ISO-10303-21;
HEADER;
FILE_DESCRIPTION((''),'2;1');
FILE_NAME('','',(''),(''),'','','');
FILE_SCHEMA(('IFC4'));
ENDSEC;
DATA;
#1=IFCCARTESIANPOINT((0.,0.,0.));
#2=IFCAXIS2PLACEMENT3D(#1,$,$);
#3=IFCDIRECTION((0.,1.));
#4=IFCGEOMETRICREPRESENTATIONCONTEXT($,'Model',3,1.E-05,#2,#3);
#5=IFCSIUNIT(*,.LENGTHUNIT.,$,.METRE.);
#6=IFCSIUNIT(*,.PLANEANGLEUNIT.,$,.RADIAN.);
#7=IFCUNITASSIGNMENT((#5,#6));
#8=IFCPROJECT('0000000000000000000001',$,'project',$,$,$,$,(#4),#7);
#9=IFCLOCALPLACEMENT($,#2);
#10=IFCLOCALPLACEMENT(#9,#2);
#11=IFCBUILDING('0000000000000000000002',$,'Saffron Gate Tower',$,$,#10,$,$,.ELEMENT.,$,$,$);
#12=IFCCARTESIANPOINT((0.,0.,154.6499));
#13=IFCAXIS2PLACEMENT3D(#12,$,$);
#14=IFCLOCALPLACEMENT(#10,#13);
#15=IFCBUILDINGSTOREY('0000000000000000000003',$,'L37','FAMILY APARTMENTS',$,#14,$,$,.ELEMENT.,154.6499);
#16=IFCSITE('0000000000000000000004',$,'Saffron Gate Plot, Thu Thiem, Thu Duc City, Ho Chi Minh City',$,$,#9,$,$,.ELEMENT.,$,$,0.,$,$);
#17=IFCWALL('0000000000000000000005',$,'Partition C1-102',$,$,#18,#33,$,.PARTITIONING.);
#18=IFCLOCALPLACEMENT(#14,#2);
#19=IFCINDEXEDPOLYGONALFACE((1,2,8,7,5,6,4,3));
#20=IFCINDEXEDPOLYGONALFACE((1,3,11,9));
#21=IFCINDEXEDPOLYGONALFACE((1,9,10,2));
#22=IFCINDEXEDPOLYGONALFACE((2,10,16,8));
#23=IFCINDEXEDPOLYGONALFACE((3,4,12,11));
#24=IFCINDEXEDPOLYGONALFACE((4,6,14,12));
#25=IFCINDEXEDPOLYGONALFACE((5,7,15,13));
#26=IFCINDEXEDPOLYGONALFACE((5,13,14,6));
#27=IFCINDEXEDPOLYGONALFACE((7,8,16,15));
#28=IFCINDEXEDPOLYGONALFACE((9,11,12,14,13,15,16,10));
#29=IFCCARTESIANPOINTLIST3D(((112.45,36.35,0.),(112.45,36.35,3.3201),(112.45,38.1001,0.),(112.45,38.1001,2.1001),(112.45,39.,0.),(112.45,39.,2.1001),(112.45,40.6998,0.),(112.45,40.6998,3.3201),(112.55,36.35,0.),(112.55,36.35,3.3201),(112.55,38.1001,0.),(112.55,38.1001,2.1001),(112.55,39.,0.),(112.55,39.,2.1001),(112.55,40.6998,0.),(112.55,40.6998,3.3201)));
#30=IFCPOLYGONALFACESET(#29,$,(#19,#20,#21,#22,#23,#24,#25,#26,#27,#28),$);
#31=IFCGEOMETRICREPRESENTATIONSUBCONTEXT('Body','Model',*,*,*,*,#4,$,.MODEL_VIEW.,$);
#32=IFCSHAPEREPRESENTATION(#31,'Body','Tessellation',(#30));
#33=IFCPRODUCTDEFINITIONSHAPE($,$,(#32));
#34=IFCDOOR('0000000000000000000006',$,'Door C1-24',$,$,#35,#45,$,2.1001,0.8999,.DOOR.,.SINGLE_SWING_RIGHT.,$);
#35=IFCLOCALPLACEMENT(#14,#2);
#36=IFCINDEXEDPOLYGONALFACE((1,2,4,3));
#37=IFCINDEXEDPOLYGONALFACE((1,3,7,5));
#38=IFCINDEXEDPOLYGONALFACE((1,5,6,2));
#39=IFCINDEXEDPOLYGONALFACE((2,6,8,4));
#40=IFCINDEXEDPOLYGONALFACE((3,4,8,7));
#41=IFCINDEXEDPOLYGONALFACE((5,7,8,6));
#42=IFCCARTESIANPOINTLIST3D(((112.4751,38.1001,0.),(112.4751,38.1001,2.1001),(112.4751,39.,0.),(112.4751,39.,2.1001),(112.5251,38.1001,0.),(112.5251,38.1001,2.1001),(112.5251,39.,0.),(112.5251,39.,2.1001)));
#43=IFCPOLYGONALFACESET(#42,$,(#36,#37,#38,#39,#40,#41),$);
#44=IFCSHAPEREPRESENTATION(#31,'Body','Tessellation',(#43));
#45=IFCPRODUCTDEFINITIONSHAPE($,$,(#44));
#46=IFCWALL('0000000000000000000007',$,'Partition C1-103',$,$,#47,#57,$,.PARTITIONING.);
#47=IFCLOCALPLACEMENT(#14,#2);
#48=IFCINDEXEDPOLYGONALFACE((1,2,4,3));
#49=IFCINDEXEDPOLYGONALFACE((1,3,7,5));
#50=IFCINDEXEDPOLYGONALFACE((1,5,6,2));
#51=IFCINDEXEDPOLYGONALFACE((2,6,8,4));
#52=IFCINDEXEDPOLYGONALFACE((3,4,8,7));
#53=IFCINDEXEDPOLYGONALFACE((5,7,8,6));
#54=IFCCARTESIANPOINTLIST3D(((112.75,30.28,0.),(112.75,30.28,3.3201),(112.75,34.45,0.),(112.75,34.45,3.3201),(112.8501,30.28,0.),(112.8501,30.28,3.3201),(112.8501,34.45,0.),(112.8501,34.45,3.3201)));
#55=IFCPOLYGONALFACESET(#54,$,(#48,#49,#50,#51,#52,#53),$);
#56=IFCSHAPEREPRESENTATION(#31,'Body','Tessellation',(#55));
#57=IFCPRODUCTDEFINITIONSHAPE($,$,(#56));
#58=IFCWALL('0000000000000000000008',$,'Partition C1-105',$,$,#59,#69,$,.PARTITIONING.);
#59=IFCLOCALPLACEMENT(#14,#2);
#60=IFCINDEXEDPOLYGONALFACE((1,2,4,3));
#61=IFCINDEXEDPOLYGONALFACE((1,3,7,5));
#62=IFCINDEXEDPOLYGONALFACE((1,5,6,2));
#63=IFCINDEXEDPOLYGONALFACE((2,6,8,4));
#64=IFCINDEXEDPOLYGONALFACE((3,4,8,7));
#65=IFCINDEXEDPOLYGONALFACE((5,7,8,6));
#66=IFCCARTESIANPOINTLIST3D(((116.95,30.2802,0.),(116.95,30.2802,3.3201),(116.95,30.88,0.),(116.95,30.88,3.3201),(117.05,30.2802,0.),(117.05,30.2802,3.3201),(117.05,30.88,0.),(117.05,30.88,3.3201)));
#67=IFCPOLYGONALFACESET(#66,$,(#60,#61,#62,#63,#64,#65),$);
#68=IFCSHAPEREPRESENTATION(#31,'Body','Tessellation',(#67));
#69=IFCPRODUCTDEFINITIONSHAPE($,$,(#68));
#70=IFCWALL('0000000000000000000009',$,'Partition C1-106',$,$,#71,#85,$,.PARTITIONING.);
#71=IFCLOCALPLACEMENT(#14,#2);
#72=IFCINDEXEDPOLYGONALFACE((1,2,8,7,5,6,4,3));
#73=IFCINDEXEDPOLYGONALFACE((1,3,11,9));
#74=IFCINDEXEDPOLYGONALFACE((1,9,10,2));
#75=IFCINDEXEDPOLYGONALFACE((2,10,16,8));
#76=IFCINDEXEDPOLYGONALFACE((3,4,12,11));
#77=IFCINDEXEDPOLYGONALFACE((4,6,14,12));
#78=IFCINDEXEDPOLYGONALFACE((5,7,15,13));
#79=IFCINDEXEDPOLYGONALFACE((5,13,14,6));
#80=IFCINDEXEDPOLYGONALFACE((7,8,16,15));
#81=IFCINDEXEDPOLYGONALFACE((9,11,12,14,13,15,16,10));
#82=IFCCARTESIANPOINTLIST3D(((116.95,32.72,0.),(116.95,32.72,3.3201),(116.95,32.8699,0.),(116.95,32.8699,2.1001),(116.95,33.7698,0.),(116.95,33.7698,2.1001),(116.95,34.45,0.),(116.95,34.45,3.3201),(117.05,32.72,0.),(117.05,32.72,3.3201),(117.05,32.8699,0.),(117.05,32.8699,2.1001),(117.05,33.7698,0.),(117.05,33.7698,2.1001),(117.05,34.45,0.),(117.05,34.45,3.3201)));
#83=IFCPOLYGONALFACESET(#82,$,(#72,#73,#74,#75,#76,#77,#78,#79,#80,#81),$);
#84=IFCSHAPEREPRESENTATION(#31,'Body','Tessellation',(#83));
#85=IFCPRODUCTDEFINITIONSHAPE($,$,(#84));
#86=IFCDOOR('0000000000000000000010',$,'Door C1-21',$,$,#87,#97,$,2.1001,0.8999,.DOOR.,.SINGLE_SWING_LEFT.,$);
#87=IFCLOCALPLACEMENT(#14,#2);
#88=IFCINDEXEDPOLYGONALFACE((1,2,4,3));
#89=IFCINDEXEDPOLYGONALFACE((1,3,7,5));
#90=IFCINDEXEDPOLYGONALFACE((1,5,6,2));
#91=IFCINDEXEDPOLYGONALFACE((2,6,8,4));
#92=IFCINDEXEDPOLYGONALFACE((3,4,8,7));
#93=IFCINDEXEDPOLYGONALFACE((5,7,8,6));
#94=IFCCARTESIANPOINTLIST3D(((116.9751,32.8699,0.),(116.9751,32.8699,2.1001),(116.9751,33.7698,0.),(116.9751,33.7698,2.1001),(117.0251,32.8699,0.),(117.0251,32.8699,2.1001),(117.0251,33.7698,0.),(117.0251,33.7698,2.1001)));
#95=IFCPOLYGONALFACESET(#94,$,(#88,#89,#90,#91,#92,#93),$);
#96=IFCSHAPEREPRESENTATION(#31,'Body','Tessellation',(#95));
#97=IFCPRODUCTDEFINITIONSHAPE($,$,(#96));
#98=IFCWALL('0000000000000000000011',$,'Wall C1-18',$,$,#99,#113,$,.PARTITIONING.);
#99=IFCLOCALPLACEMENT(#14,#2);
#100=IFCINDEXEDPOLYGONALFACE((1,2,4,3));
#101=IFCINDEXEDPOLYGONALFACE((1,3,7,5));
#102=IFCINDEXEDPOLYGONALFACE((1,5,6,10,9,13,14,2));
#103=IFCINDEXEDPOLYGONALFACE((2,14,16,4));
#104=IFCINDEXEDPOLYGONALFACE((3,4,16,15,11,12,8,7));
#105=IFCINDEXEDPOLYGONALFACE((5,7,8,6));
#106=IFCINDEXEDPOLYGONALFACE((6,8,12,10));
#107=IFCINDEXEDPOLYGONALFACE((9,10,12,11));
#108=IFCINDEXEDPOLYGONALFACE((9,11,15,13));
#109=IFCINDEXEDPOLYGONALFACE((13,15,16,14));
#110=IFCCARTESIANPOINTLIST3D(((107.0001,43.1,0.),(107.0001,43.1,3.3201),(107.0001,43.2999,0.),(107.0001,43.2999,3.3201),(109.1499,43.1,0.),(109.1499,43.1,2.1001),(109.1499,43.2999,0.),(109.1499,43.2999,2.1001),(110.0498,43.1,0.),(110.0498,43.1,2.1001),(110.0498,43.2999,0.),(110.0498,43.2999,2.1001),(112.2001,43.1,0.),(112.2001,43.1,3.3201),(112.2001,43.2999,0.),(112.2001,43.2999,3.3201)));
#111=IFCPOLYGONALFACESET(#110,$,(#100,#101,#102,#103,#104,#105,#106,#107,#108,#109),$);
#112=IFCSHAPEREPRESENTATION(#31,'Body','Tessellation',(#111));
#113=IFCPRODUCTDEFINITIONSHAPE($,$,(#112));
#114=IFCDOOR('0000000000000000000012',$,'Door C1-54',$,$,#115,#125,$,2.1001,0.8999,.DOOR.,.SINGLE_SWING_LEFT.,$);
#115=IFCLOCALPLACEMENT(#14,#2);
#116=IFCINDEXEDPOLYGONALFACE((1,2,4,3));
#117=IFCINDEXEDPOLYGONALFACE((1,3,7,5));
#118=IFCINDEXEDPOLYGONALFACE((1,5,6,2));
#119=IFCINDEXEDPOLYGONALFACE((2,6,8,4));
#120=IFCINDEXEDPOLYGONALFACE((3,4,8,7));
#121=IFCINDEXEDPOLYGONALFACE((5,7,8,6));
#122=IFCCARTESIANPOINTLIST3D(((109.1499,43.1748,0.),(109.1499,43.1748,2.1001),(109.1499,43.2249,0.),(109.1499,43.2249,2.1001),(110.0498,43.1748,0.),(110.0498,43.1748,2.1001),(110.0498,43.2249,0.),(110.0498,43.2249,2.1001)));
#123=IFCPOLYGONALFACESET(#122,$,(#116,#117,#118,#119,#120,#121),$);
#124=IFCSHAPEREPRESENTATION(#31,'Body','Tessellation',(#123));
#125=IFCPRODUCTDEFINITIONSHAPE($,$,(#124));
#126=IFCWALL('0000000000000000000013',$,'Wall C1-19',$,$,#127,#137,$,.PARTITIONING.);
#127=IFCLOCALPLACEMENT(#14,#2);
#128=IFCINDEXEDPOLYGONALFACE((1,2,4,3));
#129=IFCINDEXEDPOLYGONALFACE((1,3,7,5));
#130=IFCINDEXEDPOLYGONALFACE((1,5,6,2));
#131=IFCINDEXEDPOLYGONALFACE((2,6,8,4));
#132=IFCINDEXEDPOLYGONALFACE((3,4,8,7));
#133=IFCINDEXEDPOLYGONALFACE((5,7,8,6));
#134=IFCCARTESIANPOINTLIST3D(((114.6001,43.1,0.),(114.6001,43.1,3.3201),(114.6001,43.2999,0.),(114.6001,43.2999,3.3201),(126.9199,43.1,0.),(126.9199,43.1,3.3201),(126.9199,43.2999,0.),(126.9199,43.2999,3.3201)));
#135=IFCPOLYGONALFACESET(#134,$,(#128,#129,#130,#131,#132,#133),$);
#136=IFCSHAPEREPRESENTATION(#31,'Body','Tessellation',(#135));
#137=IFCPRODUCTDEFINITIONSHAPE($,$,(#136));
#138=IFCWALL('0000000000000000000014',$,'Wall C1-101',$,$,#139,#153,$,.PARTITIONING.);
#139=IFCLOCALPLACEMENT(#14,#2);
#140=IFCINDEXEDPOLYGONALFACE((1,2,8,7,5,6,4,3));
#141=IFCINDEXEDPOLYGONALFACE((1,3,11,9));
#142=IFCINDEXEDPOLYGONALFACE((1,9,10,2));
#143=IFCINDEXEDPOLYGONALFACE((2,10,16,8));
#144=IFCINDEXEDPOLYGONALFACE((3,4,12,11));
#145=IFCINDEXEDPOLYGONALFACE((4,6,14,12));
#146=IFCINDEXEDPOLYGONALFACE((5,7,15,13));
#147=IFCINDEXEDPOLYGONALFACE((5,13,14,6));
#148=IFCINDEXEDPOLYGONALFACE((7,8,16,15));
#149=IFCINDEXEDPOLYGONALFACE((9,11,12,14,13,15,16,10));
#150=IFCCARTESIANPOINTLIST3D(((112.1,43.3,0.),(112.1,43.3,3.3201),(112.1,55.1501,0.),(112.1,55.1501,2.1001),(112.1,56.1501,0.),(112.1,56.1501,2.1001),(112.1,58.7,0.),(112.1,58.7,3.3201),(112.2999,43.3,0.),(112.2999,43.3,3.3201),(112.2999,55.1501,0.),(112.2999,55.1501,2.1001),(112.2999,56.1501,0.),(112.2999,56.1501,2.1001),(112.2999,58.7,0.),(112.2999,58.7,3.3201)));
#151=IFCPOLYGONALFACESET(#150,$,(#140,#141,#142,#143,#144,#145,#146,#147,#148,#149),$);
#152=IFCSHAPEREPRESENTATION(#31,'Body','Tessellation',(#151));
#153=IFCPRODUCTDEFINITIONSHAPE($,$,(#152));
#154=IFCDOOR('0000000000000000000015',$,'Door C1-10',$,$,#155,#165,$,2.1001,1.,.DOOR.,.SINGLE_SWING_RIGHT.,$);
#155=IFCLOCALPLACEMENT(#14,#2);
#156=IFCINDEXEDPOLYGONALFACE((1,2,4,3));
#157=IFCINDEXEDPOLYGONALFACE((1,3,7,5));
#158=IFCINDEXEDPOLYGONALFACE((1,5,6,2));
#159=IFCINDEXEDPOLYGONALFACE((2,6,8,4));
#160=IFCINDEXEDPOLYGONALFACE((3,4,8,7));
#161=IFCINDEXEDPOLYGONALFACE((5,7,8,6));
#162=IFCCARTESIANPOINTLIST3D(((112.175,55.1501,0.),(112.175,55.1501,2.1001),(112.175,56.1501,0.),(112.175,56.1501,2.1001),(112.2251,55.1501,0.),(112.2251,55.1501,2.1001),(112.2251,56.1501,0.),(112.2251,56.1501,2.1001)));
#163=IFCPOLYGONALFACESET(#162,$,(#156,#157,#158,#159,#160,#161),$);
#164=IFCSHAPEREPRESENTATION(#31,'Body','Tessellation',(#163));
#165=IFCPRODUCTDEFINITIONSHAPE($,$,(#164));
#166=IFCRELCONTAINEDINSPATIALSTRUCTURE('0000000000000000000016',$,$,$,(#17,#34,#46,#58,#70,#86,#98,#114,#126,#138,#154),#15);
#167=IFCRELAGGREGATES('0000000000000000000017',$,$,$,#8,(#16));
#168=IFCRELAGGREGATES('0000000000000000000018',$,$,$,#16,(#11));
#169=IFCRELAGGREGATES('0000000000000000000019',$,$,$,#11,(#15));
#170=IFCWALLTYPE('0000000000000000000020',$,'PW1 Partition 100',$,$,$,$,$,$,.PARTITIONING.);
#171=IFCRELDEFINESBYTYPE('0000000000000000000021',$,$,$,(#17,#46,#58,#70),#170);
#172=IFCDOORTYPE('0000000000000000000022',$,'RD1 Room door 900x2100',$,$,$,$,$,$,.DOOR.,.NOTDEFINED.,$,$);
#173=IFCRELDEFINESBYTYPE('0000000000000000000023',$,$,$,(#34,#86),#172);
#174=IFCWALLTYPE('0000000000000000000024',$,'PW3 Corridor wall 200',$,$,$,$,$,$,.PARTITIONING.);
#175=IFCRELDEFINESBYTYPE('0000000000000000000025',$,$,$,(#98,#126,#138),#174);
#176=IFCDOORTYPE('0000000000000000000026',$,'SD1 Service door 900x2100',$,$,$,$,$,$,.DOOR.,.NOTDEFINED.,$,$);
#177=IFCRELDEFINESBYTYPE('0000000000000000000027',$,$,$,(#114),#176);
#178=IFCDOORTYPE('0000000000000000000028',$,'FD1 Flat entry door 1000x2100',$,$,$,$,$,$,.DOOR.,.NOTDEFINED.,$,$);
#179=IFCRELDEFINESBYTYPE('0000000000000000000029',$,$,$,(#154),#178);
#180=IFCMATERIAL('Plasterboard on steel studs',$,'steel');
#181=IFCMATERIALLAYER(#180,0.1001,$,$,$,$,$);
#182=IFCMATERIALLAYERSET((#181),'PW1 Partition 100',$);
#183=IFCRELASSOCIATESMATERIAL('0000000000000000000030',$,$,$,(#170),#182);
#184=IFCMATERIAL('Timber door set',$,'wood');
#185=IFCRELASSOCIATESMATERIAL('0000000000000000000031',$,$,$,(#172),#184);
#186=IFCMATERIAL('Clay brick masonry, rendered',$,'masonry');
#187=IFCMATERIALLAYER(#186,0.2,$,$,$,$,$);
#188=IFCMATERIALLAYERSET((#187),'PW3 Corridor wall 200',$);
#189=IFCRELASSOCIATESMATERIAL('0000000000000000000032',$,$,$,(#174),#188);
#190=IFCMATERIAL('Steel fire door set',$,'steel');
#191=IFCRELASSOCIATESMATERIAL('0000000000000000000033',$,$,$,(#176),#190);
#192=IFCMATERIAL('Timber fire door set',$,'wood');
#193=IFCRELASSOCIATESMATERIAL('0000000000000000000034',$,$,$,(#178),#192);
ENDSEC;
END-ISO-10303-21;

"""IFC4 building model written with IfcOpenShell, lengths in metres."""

from ifc_helpers import new_model, si_unit, direction, frame, frame_2d, origin, place, context, subcontext, project, spatial, rectangle, extrude, material, layer, layer_set, type_object, element, fill, save


model = new_model("IFC4")

# Units and contexts
model_context = context("Model", 3, precision=1e-05, world=origin(), true_north=direction((0.0, 1.0)))
body_context = subcontext(model_context, "Body", "Model", "MODEL_VIEW")
ifc_project = project(units=[si_unit("LENGTHUNIT", "METRE"), si_unit("PLANEANGLEUNIT", "RADIAN")], contexts=[model_context])

# Site, building, storey
site_placement = place(None, origin())
site = spatial("IfcSite", under=ifc_project, at=site_placement, Name="Saffron Gate Plot, Thu Thiem, Thu Duc City, Ho Chi Minh City", CompositionType="ELEMENT", RefElevation=0.0)
building_placement = place(site_placement, origin())
building = spatial("IfcBuilding", under=site, at=building_placement, Name="Saffron Gate Tower", CompositionType="ELEMENT")
storey_placement = place(building_placement, frame((0.0, 0.0, 154.6499)))
storey = spatial("IfcBuildingStorey", under=building, at=storey_placement, Name="L37", Description="FAMILY APARTMENTS", CompositionType="ELEMENT", Elevation=154.6499)

# Shared definitions
ifc_material_1 = material(Name="Plasterboard on steel studs", Category="steel")
ifc_layer_1 = layer(ifc_material_1, 0.1001)
ifc_layer_set_1 = layer_set([ifc_layer_1], Name="PW1 Partition 100")
wall_type_1 = type_object("IfcWallType", Name="PW1 Partition 100", PredefinedType="PARTITIONING", material=ifc_layer_set_1)

# Wall, opening, door
wall_1_placement = place(storey_placement, frame((112.5, 36.3501, 0.0), z_axis=(0.0, 0.0, 1.0), x_axis=(0.0, 1.0, 0.0)))
wall_1 = element("IfcWall", 1, at=wall_1_placement, inside=storey, type_object=wall_type_1, Name="Partition C1-102", PredefinedType="PARTITIONING", context=body_context, shape_type="SweptSolid", body=[
    extrude(rectangle(XDim=4.3499, YDim=0.1001, at=frame_2d((2.1748, 0.0))), origin(), (0.0, 0.0, 1.0), 3.3201),
])
opening_1_placement = place(wall_1_placement, frame((1.75, 0.0, 0.0)))
opening_1 = element("IfcOpeningElement", 2, at=opening_1_placement, cuts=wall_1, PredefinedType="OPENING", context=body_context, shape_type="SweptSolid", body=[
    extrude(rectangle(XDim=0.8999, YDim=2.1001, at=frame_2d((0.45, 1.05))), frame((0.0, 0.0601, 0.0), z_axis=(0.0, -1.0, 0.0), x_axis=(1.0, 0.0, 0.0)), (0.0, 0.0, 1.0), 0.1201),
])
ifc_material_2 = material(Name="Timber door set", Category="wood")
door_type_1 = type_object("IfcDoorType", Name="RD1 Room door 900x2100", OperationType="NOTDEFINED", PredefinedType="DOOR", material=ifc_material_2)
door_1_placement = place(opening_1_placement, origin())
door_1 = element("IfcDoor", 3, at=door_1_placement, inside=storey, type_object=door_type_1, Name="Door C1-24", OperationType="SINGLE_SWING_RIGHT", OverallHeight=2.1001, OverallWidth=0.8999, PredefinedType="DOOR", context=body_context, shape_type="SweptSolid", body=[
    extrude(rectangle(XDim=0.8999, YDim=2.1001, at=frame_2d((0.45, 1.05))), frame((0.0, 0.0249, 0.0), z_axis=(0.0, -1.0, 0.0), x_axis=(1.0, 0.0, 0.0)), (0.0, 0.0, 1.0), 0.05),
])
fill(opening_1, door_1)

# Walls
wall_2_placement = place(storey_placement, frame((112.8, 34.45, 0.0), z_axis=(0.0, 0.0, 1.0), x_axis=(0.0, -1.0, 0.0)))
element("IfcWall", 4, at=wall_2_placement, inside=storey, type_object=wall_type_1, Name="Partition C1-103", PredefinedType="PARTITIONING", context=body_context, shape_type="SweptSolid", body=[
    extrude(rectangle(XDim=4.1699, YDim=0.1001, at=frame_2d((2.085, 0.0))), origin(), (0.0, 0.0, 1.0), 3.3201),
])
wall_3_placement = place(storey_placement, frame((117.0, 30.8799, 0.0), z_axis=(0.0, 0.0, 1.0), x_axis=(0.0, -1.0, 0.0)))
element("IfcWall", 5, at=wall_3_placement, inside=storey, type_object=wall_type_1, Name="Partition C1-105", PredefinedType="PARTITIONING", context=body_context, shape_type="SweptSolid", body=[
    extrude(rectangle(XDim=0.5999, YDim=0.1001, at=frame_2d((0.2998, 0.0))), origin(), (0.0, 0.0, 1.0), 3.3201),
])

# Walls, openings, doors
wall_4_placement = place(storey_placement, frame((117.0, 32.72, 0.0), z_axis=(0.0, 0.0, 1.0), x_axis=(0.0, 1.0, 0.0)))
wall_4 = element("IfcWall", 6, at=wall_4_placement, inside=storey, type_object=wall_type_1, Name="Partition C1-106", PredefinedType="PARTITIONING", context=body_context, shape_type="SweptSolid", body=[
    extrude(rectangle(XDim=1.73, YDim=0.1001, at=frame_2d((0.865, 0.0))), origin(), (0.0, 0.0, 1.0), 3.3201),
])
opening_2_placement = place(wall_4_placement, frame((0.1499, 0.0, 0.0)))
opening_2 = element("IfcOpeningElement", 7, at=opening_2_placement, cuts=wall_4, PredefinedType="OPENING", context=body_context, shape_type="SweptSolid", body=[
    extrude(rectangle(XDim=0.8999, YDim=2.1001, at=frame_2d((0.45, 1.05))), frame((0.0, 0.0601, 0.0), z_axis=(0.0, -1.0, 0.0), x_axis=(1.0, 0.0, 0.0)), (0.0, 0.0, 1.0), 0.1201),
])
door_2_placement = place(opening_2_placement, origin())
door_2 = element("IfcDoor", 8, at=door_2_placement, inside=storey, type_object=door_type_1, Name="Door C1-21", OperationType="SINGLE_SWING_LEFT", OverallHeight=2.1001, OverallWidth=0.8999, PredefinedType="DOOR", context=body_context, shape_type="SweptSolid", body=[
    extrude(rectangle(XDim=0.8999, YDim=2.1001, at=frame_2d((0.45, 1.05))), frame((0.0, 0.0249, 0.0), z_axis=(0.0, -1.0, 0.0), x_axis=(1.0, 0.0, 0.0)), (0.0, 0.0, 1.0), 0.05),
])
fill(opening_2, door_2)
ifc_material_3 = material(Name="Clay brick masonry, rendered", Category="masonry")
ifc_layer_2 = layer(ifc_material_3, 0.2)
ifc_layer_set_2 = layer_set([ifc_layer_2], Name="PW3 Corridor wall 200")
wall_type_2 = type_object("IfcWallType", Name="PW3 Corridor wall 200", PredefinedType="PARTITIONING", material=ifc_layer_set_2)
wall_5_placement = place(storey_placement, frame((107.0, 43.2, 0.0), z_axis=(0.0, 0.0, 1.0), x_axis=(1.0, 0.0, 0.0)))
wall_5 = element("IfcWall", 9, at=wall_5_placement, inside=storey, type_object=wall_type_2, Name="Wall C1-18", PredefinedType="PARTITIONING", context=body_context, shape_type="SweptSolid", body=[
    extrude(rectangle(XDim=5.2, YDim=0.2, at=frame_2d((2.6001, 0.0))), origin(), (0.0, 0.0, 1.0), 3.3201),
])
opening_3_placement = place(wall_5_placement, frame((2.1499, 0.0, 0.0)))
opening_3 = element("IfcOpeningElement", 10, at=opening_3_placement, cuts=wall_5, PredefinedType="OPENING", context=body_context, shape_type="SweptSolid", body=[
    extrude(rectangle(XDim=0.8999, YDim=2.1001, at=frame_2d((0.45, 1.05))), frame((0.0, 0.1099, 0.0), z_axis=(0.0, -1.0, 0.0), x_axis=(1.0, 0.0, 0.0)), (0.0, 0.0, 1.0), 0.22),
])
ifc_material_4 = material(Name="Steel fire door set", Category="steel")
door_type_2 = type_object("IfcDoorType", Name="SD1 Service door 900x2100", OperationType="NOTDEFINED", PredefinedType="DOOR", material=ifc_material_4)
door_3_placement = place(opening_3_placement, origin())
door_3 = element("IfcDoor", 11, at=door_3_placement, inside=storey, type_object=door_type_2, Name="Door C1-54", OperationType="SINGLE_SWING_LEFT", OverallHeight=2.1001, OverallWidth=0.8999, PredefinedType="DOOR", context=body_context, shape_type="SweptSolid", body=[
    extrude(rectangle(XDim=0.8999, YDim=2.1001, at=frame_2d((0.45, 1.05))), frame((0.0, 0.0249, 0.0), z_axis=(0.0, -1.0, 0.0), x_axis=(1.0, 0.0, 0.0)), (0.0, 0.0, 1.0), 0.05),
])
fill(opening_3, door_3)

# Wall
wall_6_placement = place(storey_placement, frame((114.6001, 43.2, 0.0), z_axis=(0.0, 0.0, 1.0), x_axis=(1.0, 0.0, 0.0)))
element("IfcWall", 12, at=wall_6_placement, inside=storey, type_object=wall_type_2, Name="Wall C1-19", PredefinedType="PARTITIONING", context=body_context, shape_type="SweptSolid", body=[
    extrude(rectangle(XDim=12.3198, YDim=0.2, at=frame_2d((6.1599, 0.0))), origin(), (0.0, 0.0, 1.0), 3.3201),
])

# Wall, opening, door
wall_7_placement = place(storey_placement, frame((112.2, 43.3, 0.0), z_axis=(0.0, 0.0, 1.0), x_axis=(0.0, 1.0, 0.0)))
wall_7 = element("IfcWall", 13, at=wall_7_placement, inside=storey, type_object=wall_type_2, Name="Wall C1-101", PredefinedType="PARTITIONING", context=body_context, shape_type="SweptSolid", body=[
    extrude(rectangle(XDim=15.3999, YDim=0.2, at=frame_2d((7.7, 0.0))), origin(), (0.0, 0.0, 1.0), 3.3201),
])
opening_4_placement = place(wall_7_placement, frame((11.8501, 0.0, 0.0)))
opening_4 = element("IfcOpeningElement", 14, at=opening_4_placement, cuts=wall_7, PredefinedType="OPENING", context=body_context, shape_type="SweptSolid", body=[
    extrude(rectangle(XDim=1.0, YDim=2.1001, at=frame_2d((0.5, 1.05))), frame((0.0, 0.1099, 0.0), z_axis=(0.0, -1.0, 0.0), x_axis=(1.0, 0.0, 0.0)), (0.0, 0.0, 1.0), 0.22),
])
ifc_material_5 = material(Name="Timber fire door set", Category="wood")
door_type_3 = type_object("IfcDoorType", Name="FD1 Flat entry door 1000x2100", OperationType="NOTDEFINED", PredefinedType="DOOR", material=ifc_material_5)
door_4_placement = place(opening_4_placement, origin())
door_4 = element("IfcDoor", 15, at=door_4_placement, inside=storey, type_object=door_type_3, Name="Door C1-10", OperationType="SINGLE_SWING_RIGHT", OverallHeight=2.1001, OverallWidth=1.0, PredefinedType="DOOR", context=body_context, shape_type="SweptSolid", body=[
    extrude(rectangle(XDim=1.0, YDim=2.1001, at=frame_2d((0.5, 1.05))), frame((0.0, 0.0249, 0.0), z_axis=(0.0, -1.0, 0.0), x_axis=(1.0, 0.0, 0.0)), (0.0, 0.0, 1.0), 0.05),
])
fill(opening_4, door_4)

save(model, "model.ifc")
